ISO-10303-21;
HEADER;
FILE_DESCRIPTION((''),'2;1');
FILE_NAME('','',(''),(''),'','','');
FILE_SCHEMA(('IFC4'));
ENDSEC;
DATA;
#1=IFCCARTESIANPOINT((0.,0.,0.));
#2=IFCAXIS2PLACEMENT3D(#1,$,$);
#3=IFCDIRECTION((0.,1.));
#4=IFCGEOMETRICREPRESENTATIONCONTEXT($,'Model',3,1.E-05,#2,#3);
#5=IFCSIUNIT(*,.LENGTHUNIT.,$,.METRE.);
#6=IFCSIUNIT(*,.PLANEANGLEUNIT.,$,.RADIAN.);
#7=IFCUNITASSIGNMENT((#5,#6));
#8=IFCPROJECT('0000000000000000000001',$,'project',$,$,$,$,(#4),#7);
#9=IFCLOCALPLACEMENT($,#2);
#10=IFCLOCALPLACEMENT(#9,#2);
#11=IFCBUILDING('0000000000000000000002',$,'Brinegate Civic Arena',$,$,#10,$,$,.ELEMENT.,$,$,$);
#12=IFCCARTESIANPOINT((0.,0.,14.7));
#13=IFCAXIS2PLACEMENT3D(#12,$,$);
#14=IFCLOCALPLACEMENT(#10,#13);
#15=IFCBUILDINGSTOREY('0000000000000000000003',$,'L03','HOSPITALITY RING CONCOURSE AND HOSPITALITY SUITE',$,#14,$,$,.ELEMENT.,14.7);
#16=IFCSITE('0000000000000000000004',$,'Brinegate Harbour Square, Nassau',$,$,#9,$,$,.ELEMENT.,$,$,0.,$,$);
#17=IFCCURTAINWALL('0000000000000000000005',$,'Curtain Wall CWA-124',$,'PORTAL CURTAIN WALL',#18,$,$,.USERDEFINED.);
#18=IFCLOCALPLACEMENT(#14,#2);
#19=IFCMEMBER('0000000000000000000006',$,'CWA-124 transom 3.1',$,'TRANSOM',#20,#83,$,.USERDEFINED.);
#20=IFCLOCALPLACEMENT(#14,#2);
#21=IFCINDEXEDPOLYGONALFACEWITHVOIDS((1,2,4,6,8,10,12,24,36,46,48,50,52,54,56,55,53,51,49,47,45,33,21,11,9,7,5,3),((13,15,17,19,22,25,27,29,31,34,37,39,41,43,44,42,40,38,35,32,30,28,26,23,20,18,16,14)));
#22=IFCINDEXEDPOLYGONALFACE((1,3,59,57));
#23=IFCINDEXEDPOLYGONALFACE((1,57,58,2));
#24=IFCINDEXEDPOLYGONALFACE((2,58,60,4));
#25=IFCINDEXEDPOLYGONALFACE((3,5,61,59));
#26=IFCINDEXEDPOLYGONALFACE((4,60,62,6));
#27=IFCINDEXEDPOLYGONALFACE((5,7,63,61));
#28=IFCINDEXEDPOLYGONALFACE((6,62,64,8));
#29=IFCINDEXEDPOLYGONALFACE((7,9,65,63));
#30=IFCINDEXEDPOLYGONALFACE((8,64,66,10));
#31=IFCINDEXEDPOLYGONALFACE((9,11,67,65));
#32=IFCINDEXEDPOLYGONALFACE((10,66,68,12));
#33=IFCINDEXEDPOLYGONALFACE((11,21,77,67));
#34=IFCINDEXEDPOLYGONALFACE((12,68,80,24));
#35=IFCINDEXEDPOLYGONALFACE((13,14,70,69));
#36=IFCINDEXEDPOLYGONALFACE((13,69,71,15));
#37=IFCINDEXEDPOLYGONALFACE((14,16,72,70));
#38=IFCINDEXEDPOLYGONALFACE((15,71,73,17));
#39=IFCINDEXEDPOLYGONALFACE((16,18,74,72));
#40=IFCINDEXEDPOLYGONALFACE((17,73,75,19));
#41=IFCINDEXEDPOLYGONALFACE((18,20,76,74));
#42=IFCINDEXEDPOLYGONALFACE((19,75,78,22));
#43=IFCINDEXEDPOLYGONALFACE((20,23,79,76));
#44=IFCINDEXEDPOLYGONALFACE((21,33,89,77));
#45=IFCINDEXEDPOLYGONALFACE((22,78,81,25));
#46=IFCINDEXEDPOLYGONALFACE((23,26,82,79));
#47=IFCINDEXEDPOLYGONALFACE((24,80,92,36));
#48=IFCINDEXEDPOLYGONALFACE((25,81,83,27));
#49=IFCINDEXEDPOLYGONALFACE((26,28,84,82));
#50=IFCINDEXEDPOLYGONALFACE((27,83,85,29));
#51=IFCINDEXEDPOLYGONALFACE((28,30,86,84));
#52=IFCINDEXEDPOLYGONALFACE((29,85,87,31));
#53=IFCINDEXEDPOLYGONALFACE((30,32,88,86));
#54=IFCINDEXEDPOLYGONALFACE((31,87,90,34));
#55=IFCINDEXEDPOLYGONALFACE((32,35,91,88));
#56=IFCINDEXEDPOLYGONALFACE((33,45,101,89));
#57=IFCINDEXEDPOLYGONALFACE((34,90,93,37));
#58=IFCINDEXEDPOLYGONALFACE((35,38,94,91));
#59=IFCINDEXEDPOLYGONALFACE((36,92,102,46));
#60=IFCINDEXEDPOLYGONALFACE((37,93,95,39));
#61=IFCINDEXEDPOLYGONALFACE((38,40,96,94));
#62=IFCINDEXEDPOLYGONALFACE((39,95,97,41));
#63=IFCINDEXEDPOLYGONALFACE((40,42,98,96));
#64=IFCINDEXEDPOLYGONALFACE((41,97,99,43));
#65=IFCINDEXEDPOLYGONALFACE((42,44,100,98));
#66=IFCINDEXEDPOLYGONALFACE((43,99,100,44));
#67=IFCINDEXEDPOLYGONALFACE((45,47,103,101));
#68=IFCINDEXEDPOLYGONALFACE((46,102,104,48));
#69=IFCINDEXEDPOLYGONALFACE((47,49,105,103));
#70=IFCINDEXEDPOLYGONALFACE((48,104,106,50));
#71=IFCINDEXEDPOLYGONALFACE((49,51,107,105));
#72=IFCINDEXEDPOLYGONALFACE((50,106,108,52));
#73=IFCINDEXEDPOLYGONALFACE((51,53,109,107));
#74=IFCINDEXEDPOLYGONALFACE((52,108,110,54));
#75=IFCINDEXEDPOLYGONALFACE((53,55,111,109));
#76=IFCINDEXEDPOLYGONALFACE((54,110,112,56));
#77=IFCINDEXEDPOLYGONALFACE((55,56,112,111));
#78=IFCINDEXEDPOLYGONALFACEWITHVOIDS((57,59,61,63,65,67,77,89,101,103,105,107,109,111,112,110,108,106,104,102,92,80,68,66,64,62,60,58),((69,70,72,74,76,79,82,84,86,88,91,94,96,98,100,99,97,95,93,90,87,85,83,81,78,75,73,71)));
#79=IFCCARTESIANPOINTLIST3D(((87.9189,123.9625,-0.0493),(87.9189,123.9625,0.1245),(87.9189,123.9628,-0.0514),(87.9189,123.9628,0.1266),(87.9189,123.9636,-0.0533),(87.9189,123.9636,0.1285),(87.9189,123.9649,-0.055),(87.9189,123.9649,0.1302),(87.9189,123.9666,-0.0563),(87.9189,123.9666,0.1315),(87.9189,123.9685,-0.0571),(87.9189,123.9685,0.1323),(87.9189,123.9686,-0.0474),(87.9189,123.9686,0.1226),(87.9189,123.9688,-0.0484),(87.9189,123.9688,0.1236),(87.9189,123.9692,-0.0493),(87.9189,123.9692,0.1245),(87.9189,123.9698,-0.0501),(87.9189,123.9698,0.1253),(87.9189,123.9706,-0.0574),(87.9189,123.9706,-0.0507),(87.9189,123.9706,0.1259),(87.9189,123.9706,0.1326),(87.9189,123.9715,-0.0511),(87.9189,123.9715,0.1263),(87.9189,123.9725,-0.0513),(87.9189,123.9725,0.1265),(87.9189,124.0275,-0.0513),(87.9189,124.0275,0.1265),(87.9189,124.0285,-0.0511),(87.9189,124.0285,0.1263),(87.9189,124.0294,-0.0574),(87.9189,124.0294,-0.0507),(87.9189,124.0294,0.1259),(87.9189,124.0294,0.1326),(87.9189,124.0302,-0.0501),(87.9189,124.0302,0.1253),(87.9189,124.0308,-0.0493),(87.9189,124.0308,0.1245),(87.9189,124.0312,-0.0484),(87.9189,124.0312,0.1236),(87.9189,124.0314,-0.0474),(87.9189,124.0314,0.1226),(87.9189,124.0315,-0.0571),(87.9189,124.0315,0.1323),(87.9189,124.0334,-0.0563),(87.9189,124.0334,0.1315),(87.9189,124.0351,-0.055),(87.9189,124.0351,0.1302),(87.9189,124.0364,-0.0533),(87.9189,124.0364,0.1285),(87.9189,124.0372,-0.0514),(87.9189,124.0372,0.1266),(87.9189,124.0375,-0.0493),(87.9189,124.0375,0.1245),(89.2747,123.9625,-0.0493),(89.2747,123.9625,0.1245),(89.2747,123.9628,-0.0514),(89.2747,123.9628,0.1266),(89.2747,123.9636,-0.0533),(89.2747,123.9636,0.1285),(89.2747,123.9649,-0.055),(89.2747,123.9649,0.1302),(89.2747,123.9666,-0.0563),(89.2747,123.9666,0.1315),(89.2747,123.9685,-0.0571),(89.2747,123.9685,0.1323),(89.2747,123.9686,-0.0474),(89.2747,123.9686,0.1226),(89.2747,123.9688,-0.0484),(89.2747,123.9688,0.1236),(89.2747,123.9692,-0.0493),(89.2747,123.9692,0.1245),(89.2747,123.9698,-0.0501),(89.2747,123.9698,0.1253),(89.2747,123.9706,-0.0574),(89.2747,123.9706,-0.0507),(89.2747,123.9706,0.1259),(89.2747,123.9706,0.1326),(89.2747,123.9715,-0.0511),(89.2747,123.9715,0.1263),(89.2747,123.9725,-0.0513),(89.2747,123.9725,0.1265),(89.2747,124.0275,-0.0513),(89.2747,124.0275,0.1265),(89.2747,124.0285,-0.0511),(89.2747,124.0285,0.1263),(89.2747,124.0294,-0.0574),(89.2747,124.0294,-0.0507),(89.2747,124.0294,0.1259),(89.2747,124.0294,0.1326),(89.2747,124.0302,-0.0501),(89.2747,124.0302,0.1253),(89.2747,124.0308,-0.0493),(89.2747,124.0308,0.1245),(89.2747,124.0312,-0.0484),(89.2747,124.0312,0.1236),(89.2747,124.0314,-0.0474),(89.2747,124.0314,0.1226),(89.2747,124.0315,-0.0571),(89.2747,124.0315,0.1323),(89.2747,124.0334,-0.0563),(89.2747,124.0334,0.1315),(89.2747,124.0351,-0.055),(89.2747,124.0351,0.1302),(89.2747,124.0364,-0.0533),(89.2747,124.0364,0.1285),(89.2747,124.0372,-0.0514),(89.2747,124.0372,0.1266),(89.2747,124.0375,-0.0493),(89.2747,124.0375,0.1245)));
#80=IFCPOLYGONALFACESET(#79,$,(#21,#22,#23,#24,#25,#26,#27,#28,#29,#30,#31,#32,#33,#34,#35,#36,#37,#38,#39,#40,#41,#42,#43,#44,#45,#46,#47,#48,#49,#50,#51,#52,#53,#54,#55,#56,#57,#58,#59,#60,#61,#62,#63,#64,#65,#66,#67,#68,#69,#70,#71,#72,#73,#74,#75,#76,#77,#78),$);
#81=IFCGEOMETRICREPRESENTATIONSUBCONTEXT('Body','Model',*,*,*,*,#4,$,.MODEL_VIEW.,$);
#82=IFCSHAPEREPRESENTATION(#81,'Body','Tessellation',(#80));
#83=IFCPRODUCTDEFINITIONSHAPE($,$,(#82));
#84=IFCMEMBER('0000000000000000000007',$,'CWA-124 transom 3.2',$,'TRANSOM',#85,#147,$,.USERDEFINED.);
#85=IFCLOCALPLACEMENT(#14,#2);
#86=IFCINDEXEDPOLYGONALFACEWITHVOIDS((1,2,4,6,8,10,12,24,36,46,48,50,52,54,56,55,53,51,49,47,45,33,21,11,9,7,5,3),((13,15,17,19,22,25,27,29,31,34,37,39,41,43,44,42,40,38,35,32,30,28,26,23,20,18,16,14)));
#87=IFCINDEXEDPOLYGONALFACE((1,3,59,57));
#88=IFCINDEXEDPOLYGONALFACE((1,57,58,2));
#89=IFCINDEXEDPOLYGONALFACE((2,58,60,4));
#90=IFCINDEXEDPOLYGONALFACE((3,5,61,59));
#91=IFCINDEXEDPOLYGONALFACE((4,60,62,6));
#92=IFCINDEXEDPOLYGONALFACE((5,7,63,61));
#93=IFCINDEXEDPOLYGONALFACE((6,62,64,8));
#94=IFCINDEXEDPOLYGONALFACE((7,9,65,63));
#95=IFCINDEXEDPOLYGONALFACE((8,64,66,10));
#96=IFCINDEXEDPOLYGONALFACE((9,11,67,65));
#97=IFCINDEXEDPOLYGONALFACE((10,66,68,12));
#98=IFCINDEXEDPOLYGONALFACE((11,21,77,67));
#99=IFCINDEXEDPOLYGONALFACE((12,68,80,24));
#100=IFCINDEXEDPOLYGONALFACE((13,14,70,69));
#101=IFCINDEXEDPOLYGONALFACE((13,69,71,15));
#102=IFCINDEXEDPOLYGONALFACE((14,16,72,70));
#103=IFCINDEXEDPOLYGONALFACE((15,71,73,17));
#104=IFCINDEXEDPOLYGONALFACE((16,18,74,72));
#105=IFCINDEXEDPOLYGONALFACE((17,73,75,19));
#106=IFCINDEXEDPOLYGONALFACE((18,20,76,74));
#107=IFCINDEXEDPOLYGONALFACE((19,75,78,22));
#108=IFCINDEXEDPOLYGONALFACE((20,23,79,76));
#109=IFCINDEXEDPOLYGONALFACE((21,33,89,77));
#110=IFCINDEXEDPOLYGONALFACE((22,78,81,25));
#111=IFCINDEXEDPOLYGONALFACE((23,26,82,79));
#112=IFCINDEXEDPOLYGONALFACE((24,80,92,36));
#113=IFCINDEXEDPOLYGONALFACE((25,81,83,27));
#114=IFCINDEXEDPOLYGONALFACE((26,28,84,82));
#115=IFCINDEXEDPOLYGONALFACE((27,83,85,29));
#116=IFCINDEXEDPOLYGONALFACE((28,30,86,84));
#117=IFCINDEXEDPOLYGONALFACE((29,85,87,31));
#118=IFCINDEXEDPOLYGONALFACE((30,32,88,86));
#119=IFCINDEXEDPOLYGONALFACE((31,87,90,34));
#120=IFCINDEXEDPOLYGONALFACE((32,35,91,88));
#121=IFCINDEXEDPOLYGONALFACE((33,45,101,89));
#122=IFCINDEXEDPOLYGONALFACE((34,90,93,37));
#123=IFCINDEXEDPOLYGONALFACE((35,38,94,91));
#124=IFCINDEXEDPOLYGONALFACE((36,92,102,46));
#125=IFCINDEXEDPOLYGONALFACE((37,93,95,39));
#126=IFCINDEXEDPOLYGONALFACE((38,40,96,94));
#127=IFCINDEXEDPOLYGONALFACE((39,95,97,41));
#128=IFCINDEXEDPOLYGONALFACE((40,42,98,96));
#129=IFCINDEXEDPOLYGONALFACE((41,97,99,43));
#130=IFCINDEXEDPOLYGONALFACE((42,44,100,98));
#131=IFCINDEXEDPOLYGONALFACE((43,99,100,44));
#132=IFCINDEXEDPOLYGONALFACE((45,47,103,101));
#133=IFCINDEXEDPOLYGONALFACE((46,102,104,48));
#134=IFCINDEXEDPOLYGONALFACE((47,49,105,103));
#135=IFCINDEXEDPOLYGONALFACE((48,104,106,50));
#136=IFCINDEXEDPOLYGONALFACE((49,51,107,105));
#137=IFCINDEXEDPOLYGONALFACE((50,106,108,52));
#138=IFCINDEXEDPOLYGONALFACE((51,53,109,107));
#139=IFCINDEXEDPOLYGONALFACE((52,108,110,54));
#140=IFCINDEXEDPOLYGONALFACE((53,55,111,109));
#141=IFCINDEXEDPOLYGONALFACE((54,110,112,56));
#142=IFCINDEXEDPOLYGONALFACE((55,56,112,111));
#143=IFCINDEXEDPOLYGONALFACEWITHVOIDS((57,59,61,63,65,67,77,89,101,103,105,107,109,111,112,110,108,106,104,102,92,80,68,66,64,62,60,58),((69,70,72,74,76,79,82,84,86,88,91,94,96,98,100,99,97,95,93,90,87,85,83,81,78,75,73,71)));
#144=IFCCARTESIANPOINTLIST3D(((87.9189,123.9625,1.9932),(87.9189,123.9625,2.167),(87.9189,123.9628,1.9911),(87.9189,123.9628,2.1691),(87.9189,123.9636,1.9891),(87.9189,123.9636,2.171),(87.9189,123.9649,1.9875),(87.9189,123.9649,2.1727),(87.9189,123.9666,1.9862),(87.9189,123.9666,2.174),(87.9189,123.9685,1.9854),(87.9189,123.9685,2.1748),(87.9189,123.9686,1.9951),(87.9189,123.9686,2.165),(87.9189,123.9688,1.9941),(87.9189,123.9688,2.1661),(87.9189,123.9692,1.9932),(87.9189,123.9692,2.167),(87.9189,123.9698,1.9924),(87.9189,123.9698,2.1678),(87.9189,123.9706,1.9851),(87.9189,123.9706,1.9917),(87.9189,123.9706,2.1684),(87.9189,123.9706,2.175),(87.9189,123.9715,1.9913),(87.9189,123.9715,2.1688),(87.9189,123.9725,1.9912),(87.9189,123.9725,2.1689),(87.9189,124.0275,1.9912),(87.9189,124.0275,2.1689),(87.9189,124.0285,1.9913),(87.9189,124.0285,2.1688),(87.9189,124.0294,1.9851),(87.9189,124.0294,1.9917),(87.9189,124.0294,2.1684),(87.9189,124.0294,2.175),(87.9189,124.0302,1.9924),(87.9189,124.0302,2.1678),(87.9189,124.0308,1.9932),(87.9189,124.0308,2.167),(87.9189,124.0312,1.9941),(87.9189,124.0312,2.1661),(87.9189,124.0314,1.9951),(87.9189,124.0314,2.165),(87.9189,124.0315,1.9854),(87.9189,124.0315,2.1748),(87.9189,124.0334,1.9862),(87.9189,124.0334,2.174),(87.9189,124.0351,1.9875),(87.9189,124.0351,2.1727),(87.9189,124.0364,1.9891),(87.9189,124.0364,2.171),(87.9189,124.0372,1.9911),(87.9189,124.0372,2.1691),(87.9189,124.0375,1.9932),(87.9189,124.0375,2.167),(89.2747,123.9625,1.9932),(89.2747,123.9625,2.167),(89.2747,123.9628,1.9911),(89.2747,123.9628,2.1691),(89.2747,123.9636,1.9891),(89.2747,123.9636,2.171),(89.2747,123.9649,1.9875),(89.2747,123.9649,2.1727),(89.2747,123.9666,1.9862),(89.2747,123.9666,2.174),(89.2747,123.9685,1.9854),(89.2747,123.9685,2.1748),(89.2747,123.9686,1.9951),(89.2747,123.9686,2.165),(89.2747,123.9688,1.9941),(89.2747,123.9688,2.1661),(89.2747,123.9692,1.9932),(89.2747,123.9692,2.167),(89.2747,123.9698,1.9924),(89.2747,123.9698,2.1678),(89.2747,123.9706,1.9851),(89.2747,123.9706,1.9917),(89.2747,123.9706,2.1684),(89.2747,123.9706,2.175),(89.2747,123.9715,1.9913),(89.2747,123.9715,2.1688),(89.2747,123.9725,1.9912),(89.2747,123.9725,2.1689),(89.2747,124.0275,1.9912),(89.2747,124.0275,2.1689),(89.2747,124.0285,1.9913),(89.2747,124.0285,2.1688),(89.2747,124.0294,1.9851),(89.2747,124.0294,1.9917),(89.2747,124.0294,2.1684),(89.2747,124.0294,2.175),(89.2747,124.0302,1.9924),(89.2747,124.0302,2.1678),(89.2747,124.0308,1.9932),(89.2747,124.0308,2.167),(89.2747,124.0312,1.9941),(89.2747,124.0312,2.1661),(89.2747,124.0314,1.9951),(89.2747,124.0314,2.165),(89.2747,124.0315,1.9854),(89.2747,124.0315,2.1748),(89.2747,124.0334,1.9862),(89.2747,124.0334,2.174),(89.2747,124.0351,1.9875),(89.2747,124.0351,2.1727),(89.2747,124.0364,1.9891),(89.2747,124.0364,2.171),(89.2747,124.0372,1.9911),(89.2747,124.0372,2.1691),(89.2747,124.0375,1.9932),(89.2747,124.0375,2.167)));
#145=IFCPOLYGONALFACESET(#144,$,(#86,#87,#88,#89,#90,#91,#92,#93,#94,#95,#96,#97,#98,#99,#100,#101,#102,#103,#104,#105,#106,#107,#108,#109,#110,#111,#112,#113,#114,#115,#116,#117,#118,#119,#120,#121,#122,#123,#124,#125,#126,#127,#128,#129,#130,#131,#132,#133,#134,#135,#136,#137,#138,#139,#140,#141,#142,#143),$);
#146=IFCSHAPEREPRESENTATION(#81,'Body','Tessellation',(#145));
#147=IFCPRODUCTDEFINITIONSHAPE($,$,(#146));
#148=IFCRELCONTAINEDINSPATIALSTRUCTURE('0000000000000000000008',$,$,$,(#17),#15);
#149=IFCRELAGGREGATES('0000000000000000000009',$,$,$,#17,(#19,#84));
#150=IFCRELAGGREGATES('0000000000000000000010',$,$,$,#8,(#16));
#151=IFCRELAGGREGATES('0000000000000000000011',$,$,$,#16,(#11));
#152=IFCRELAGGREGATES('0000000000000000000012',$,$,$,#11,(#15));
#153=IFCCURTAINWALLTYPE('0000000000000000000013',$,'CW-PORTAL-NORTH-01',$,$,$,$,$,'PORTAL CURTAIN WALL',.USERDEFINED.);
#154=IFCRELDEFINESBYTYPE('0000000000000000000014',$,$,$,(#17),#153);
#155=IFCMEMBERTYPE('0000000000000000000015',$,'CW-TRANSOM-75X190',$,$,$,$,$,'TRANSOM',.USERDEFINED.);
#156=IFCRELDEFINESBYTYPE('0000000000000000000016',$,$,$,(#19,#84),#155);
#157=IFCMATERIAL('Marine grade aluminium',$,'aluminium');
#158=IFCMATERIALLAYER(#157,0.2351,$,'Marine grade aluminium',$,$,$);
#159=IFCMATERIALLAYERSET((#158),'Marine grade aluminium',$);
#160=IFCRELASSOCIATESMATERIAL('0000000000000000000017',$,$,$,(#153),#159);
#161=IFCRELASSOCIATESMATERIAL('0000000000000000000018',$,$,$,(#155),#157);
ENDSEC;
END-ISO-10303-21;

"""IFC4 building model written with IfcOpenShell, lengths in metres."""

from ifc_helpers import new_model, si_unit, direction, frame, origin, origin_2d, place, context, subcontext, project, spatial, hollow_rectangle, extrude, material, layer, layer_set, material_profile, profile_set, type_object, element, aggregate, save


model = new_model("IFC4")

# Units and contexts
model_context = context("Model", 3, precision=1e-05, world=origin(), true_north=direction((0.0, 1.0)))
body_context = subcontext(model_context, "Body", "Model", "MODEL_VIEW")
ifc_project = project(units=[si_unit("LENGTHUNIT", "METRE"), si_unit("PLANEANGLEUNIT", "RADIAN")], contexts=[model_context])

# Site, building, storey
site_placement = place(None, origin())
site = spatial("IfcSite", under=ifc_project, at=site_placement, Name="Brinegate Harbour Square, Nassau", CompositionType="ELEMENT", RefElevation=0.0)
building_placement = place(site_placement, origin())
building = spatial("IfcBuilding", under=site, at=building_placement, Name="Brinegate Civic Arena", CompositionType="ELEMENT")
storey_placement = place(building_placement, frame((0.0, 0.0, 14.7)))
storey = spatial("IfcBuildingStorey", under=building, at=storey_placement, Name="L03", Description="HOSPITALITY RING CONCOURSE AND HOSPITALITY SUITE", CompositionType="ELEMENT", Elevation=14.7)

# Curtain wall, members
ifc_material_1 = material(Name="Marine grade aluminium", Category="aluminium")
ifc_layer_1 = layer(ifc_material_1, 0.2351, Name="Marine grade aluminium")
ifc_layer_set_1 = layer_set([ifc_layer_1], Name="Marine grade aluminium")
curtain_wall_type = type_object("IfcCurtainWallType", Name="CW-PORTAL-NORTH-01", ElementType="PORTAL CURTAIN WALL", PredefinedType="USERDEFINED", material=ifc_layer_set_1)
curtain_wall_placement = place(storey_placement, origin())
curtain_wall = element("IfcCurtainWall", 1, at=curtain_wall_placement, inside=storey, type_object=curtain_wall_type, Name="Curtain Wall CWA-124", ObjectType="PORTAL CURTAIN WALL", PredefinedType="USERDEFINED")
ifc_material_profile_1 = material_profile(ifc_material_1, hollow_rectangle(XDim=0.075, YDim=0.1899, WallThickness=0.0061, InnerFilletRadius=0.0039, OuterFilletRadius=0.0081, at=origin_2d()), Name="TRN75X190")
ifc_profile_set_1 = profile_set([ifc_material_profile_1], Name="Marine grade aluminium")
member_type_1 = type_object("IfcMemberType", Name="CW-TRANSOM-75X190", ElementType="TRANSOM", PredefinedType="USERDEFINED", material=ifc_profile_set_1)
member_1_placement = place(storey_placement, frame((87.9189, 124.0, 0.0376), z_axis=(1.0, 0.0, 0.0), x_axis=(0.0, 1.0, 0.0)))
member_1 = element("IfcMember", 2, at=member_1_placement, type_object=member_type_1, Name="CWA-124 transom 3.1", ObjectType="TRANSOM", PredefinedType="USERDEFINED", context=body_context, shape_type="SweptSolid", body=[
    extrude(hollow_rectangle(XDim=0.075, YDim=0.1899, WallThickness=0.0061, InnerFilletRadius=0.0039, OuterFilletRadius=0.0081, at=origin_2d()), origin(), (0.0, 0.0, 1.0), 1.3557),
])
member_2_placement = place(storey_placement, frame((87.9189, 124.0, 2.0801), z_axis=(1.0, 0.0, 0.0), x_axis=(0.0, 1.0, 0.0)))
member_2 = element("IfcMember", 3, at=member_2_placement, type_object=member_type_1, Name="CWA-124 transom 3.2", ObjectType="TRANSOM", PredefinedType="USERDEFINED", context=body_context, shape_type="SweptSolid", body=[
    extrude(hollow_rectangle(XDim=0.075, YDim=0.1899, WallThickness=0.0061, InnerFilletRadius=0.0039, OuterFilletRadius=0.0081, at=origin_2d()), origin(), (0.0, 0.0, 1.0), 1.3557),
])

aggregate(curtain_wall, [member_1, member_2])

save(model, "model.ifc")
